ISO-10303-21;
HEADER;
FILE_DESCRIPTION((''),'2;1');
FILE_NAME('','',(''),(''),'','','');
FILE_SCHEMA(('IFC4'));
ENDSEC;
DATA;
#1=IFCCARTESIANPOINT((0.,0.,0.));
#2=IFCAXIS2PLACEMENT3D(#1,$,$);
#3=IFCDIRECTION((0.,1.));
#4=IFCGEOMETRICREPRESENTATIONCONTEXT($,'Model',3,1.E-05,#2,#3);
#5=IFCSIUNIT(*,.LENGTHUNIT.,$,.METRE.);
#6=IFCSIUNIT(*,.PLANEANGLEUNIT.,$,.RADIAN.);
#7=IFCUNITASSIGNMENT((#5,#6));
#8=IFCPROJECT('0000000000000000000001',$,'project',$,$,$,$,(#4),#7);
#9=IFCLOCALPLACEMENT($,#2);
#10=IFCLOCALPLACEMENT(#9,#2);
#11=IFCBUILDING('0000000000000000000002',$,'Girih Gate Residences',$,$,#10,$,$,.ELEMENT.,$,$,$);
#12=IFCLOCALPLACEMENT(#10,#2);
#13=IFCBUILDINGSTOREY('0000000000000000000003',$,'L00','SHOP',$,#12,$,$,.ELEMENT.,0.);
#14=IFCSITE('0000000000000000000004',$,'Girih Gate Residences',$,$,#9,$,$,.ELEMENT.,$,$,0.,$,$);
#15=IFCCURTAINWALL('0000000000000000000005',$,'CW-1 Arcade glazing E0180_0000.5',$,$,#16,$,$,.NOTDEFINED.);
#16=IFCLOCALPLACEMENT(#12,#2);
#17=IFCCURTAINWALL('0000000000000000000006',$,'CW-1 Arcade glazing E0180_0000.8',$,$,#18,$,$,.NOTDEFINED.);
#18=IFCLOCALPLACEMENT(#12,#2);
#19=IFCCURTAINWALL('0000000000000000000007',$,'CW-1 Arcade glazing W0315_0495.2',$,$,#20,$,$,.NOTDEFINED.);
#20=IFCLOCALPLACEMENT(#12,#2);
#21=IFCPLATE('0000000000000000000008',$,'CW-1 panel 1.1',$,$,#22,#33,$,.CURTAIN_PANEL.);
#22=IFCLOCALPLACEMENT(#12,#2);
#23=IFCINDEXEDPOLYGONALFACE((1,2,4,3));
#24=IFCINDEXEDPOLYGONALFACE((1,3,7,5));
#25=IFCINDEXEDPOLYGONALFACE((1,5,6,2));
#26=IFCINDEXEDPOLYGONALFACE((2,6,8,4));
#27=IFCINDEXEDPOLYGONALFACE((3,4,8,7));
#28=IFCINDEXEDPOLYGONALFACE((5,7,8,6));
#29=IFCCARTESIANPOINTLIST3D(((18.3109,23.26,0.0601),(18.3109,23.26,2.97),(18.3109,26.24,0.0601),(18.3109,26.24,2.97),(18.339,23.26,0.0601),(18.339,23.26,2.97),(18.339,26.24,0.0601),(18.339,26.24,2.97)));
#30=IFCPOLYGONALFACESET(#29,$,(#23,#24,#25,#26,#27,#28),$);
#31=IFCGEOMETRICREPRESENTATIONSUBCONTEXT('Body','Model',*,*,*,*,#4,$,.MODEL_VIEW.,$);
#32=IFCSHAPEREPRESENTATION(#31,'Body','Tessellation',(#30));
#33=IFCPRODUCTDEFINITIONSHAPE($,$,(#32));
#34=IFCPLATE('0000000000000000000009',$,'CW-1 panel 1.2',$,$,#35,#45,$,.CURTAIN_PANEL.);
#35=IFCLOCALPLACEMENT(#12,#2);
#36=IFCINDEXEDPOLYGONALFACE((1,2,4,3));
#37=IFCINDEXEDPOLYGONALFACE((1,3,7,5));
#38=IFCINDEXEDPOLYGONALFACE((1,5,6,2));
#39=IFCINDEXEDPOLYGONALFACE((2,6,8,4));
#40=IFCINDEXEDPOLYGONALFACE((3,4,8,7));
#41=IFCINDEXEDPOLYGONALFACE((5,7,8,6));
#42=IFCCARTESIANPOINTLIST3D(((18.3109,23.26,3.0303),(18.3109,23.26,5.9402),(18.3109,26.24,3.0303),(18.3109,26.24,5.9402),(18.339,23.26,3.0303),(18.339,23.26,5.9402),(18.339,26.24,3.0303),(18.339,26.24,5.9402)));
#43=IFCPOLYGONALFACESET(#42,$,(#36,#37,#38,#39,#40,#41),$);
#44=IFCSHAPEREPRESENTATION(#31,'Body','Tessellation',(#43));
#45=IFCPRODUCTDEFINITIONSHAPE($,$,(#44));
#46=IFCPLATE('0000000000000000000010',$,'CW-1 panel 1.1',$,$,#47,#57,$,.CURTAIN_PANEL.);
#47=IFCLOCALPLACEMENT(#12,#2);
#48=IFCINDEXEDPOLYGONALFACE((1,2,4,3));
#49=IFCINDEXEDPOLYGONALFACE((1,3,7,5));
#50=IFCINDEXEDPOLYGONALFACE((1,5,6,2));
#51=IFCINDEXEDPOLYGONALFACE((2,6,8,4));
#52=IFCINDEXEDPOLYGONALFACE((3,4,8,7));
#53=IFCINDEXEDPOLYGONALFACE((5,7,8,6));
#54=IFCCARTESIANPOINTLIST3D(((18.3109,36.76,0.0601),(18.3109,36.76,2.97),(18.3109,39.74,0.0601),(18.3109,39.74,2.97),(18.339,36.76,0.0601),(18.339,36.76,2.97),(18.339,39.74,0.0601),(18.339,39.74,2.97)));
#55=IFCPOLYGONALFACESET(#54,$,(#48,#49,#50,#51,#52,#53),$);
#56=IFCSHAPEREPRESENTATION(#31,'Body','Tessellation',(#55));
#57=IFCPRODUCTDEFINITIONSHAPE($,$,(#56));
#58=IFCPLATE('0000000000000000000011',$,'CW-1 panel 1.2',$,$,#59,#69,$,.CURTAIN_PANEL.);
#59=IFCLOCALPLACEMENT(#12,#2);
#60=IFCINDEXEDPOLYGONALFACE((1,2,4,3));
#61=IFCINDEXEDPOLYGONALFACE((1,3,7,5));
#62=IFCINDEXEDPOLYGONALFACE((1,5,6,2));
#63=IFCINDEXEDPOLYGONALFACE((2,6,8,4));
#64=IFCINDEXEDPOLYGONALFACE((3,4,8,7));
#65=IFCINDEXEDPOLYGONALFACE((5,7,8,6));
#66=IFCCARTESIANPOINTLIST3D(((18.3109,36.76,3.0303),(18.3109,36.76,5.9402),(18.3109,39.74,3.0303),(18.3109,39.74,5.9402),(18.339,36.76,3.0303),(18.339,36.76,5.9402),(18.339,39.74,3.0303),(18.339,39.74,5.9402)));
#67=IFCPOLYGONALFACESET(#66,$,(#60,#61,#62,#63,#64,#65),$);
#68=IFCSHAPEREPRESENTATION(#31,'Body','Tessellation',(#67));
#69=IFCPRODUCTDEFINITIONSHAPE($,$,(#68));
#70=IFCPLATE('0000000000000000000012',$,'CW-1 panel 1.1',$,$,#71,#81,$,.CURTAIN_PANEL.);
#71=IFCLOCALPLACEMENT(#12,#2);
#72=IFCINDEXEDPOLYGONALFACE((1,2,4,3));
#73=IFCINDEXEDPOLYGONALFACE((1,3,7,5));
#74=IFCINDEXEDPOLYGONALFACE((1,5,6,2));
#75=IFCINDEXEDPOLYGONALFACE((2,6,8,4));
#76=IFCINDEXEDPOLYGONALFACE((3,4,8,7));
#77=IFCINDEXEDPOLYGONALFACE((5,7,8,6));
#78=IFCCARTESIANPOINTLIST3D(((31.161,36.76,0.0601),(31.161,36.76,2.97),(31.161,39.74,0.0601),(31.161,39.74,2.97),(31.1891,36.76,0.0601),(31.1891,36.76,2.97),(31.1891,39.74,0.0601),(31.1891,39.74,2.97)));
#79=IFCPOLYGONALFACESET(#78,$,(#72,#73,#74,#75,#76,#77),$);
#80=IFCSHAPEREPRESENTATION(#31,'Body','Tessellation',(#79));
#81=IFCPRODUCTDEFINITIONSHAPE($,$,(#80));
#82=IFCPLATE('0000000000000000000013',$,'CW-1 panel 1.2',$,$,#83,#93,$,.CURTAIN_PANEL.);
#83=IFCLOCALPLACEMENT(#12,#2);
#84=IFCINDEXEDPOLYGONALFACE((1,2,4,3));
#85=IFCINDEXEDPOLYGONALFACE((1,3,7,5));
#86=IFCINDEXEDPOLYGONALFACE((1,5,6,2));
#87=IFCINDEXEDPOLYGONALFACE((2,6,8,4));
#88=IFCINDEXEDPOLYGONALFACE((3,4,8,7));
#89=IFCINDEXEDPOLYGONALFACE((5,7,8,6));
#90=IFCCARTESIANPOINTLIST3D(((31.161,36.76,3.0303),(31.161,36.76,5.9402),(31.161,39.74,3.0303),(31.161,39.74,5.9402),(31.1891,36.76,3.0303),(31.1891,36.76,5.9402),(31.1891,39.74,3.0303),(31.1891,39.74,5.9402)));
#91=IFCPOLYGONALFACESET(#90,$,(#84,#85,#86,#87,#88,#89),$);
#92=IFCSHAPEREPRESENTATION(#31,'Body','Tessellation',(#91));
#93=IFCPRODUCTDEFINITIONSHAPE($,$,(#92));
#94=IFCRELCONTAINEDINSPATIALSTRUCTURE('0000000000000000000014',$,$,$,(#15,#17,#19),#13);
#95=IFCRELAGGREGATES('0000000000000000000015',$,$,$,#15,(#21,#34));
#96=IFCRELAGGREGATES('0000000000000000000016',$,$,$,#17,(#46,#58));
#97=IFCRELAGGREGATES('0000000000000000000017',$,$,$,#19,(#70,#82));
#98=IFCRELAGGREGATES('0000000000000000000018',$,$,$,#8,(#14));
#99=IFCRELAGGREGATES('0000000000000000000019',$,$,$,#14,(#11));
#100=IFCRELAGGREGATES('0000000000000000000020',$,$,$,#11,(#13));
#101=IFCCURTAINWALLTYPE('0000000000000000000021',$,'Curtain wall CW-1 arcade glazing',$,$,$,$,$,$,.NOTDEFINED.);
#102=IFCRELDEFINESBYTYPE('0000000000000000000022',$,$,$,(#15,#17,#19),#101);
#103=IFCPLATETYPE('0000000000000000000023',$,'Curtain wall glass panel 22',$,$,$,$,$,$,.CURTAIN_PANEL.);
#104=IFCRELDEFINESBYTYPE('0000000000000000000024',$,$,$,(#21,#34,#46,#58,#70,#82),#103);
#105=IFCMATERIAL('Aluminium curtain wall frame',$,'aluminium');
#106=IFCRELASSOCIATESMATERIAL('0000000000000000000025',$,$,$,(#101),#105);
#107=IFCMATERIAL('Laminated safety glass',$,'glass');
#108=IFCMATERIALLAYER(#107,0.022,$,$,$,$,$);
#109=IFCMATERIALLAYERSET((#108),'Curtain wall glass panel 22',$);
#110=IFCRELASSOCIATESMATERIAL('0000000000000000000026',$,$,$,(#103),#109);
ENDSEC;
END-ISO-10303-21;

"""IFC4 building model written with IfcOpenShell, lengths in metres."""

from ifc_helpers import new_model, si_unit, direction, frame, origin, origin_2d, place, context, subcontext, project, spatial, rectangle, extrude, material, layer, layer_set, type_object, element, aggregate, save


model = new_model("IFC4")

# Units and contexts
model_context = context("Model", 3, precision=1e-05, world=origin(), true_north=direction((0.0, 1.0)))
body_context = subcontext(model_context, "Body", "Model", "MODEL_VIEW")
ifc_project = project(units=[si_unit("LENGTHUNIT", "METRE"), si_unit("PLANEANGLEUNIT", "RADIAN")], contexts=[model_context])

# Site, building, storey
site_placement = place(None, origin())
site = spatial("IfcSite", under=ifc_project, at=site_placement, Name="Girih Gate Residences", CompositionType="ELEMENT", RefElevation=0.0)
building_placement = place(site_placement, origin())
building = spatial("IfcBuilding", under=site, at=building_placement, Name="Girih Gate Residences", CompositionType="ELEMENT")
storey_placement = place(building_placement, origin())
storey = spatial("IfcBuildingStorey", under=building, at=storey_placement, Name="L00", Description="SHOP", CompositionType="ELEMENT", Elevation=0.0)

# Curtain wall
ifc_material_1 = material(Name="Aluminium curtain wall frame", Category="aluminium")
curtain_wall_type = type_object("IfcCurtainWallType", Name="Curtain wall CW-1 arcade glazing", PredefinedType="NOTDEFINED", material=ifc_material_1)
curtain_wall_1_placement = place(storey_placement, origin())
curtain_wall_1 = element("IfcCurtainWall", 1, at=curtain_wall_1_placement, inside=storey, type_object=curtain_wall_type, Name="CW-1 Arcade glazing E0180_0000.5", PredefinedType="NOTDEFINED")

# Curtain walls
curtain_wall_2_placement = place(storey_placement, origin())
curtain_wall_2 = element("IfcCurtainWall", 2, at=curtain_wall_2_placement, inside=storey, type_object=curtain_wall_type, Name="CW-1 Arcade glazing E0180_0000.8", PredefinedType="NOTDEFINED")
curtain_wall_3_placement = place(storey_placement, origin())
curtain_wall_3 = element("IfcCurtainWall", 3, at=curtain_wall_3_placement, inside=storey, type_object=curtain_wall_type, Name="CW-1 Arcade glazing W0315_0495.2", PredefinedType="NOTDEFINED")

# Plates
ifc_material_2 = material(Name="Laminated safety glass", Category="glass")
ifc_layer_1 = layer(ifc_material_2, 0.022)
ifc_layer_set_1 = layer_set([ifc_layer_1], Name="Curtain wall glass panel 22")
plate_type = type_object("IfcPlateType", Name="Curtain wall glass panel 22", PredefinedType="CURTAIN_PANEL", material=ifc_layer_set_1)
plate_1_placement = place(storey_placement, frame((18.325, 24.75, 0.0601), z_axis=(0.0, 0.0, 1.0), x_axis=(0.0, 1.0, 0.0)))
plate_1 = element("IfcPlate", 4, at=plate_1_placement, type_object=plate_type, Name="CW-1 panel 1.1", PredefinedType="CURTAIN_PANEL", context=body_context, shape_type="SweptSolid", body=[
    extrude(rectangle(XDim=2.98, YDim=0.0281, at=origin_2d()), origin(), (0.0, 0.0, 1.0), 2.9099),
])
plate_2_placement = place(storey_placement, frame((18.325, 24.75, 3.0303), z_axis=(0.0, 0.0, 1.0), x_axis=(0.0, 1.0, 0.0)))
plate_2 = element("IfcPlate", 5, at=plate_2_placement, type_object=plate_type, Name="CW-1 panel 1.2", PredefinedType="CURTAIN_PANEL", context=body_context, shape_type="SweptSolid", body=[
    extrude(rectangle(XDim=2.98, YDim=0.0281, at=origin_2d()), origin(), (0.0, 0.0, 1.0), 2.9099),
])
aggregate(curtain_wall_1, [plate_1, plate_2])
plate_3_placement = place(storey_placement, frame((18.325, 38.25, 0.0601), z_axis=(0.0, 0.0, 1.0), x_axis=(0.0, 1.0, 0.0)))
plate_3 = element("IfcPlate", 6, at=plate_3_placement, type_object=plate_type, Name="CW-1 panel 1.1", PredefinedType="CURTAIN_PANEL", context=body_context, shape_type="SweptSolid", body=[
    extrude(rectangle(XDim=2.98, YDim=0.0281, at=origin_2d()), origin(), (0.0, 0.0, 1.0), 2.9099),
])
plate_4_placement = place(storey_placement, frame((18.325, 38.25, 3.0303), z_axis=(0.0, 0.0, 1.0), x_axis=(0.0, 1.0, 0.0)))
plate_4 = element("IfcPlate", 7, at=plate_4_placement, type_object=plate_type, Name="CW-1 panel 1.2", PredefinedType="CURTAIN_PANEL", context=body_context, shape_type="SweptSolid", body=[
    extrude(rectangle(XDim=2.98, YDim=0.0281, at=origin_2d()), origin(), (0.0, 0.0, 1.0), 2.9099),
])
aggregate(curtain_wall_2, [plate_3, plate_4])
plate_5_placement = place(storey_placement, frame((31.175, 38.25, 0.0601), z_axis=(0.0, 0.0, 1.0), x_axis=(0.0, -1.0, 0.0)))
plate_5 = element("IfcPlate", 8, at=plate_5_placement, type_object=plate_type, Name="CW-1 panel 1.1", PredefinedType="CURTAIN_PANEL", context=body_context, shape_type="SweptSolid", body=[
    extrude(rectangle(XDim=2.98, YDim=0.0281, at=origin_2d()), origin(), (0.0, 0.0, 1.0), 2.9099),
])
plate_6_placement = place(storey_placement, frame((31.175, 38.25, 3.0303), z_axis=(0.0, 0.0, 1.0), x_axis=(0.0, -1.0, 0.0)))
plate_6 = element("IfcPlate", 9, at=plate_6_placement, type_object=plate_type, Name="CW-1 panel 1.2", PredefinedType="CURTAIN_PANEL", context=body_context, shape_type="SweptSolid", body=[
    extrude(rectangle(XDim=2.98, YDim=0.0281, at=origin_2d()), origin(), (0.0, 0.0, 1.0), 2.9099),
])
aggregate(curtain_wall_3, [plate_5, plate_6])

save(model, "model.ifc")
